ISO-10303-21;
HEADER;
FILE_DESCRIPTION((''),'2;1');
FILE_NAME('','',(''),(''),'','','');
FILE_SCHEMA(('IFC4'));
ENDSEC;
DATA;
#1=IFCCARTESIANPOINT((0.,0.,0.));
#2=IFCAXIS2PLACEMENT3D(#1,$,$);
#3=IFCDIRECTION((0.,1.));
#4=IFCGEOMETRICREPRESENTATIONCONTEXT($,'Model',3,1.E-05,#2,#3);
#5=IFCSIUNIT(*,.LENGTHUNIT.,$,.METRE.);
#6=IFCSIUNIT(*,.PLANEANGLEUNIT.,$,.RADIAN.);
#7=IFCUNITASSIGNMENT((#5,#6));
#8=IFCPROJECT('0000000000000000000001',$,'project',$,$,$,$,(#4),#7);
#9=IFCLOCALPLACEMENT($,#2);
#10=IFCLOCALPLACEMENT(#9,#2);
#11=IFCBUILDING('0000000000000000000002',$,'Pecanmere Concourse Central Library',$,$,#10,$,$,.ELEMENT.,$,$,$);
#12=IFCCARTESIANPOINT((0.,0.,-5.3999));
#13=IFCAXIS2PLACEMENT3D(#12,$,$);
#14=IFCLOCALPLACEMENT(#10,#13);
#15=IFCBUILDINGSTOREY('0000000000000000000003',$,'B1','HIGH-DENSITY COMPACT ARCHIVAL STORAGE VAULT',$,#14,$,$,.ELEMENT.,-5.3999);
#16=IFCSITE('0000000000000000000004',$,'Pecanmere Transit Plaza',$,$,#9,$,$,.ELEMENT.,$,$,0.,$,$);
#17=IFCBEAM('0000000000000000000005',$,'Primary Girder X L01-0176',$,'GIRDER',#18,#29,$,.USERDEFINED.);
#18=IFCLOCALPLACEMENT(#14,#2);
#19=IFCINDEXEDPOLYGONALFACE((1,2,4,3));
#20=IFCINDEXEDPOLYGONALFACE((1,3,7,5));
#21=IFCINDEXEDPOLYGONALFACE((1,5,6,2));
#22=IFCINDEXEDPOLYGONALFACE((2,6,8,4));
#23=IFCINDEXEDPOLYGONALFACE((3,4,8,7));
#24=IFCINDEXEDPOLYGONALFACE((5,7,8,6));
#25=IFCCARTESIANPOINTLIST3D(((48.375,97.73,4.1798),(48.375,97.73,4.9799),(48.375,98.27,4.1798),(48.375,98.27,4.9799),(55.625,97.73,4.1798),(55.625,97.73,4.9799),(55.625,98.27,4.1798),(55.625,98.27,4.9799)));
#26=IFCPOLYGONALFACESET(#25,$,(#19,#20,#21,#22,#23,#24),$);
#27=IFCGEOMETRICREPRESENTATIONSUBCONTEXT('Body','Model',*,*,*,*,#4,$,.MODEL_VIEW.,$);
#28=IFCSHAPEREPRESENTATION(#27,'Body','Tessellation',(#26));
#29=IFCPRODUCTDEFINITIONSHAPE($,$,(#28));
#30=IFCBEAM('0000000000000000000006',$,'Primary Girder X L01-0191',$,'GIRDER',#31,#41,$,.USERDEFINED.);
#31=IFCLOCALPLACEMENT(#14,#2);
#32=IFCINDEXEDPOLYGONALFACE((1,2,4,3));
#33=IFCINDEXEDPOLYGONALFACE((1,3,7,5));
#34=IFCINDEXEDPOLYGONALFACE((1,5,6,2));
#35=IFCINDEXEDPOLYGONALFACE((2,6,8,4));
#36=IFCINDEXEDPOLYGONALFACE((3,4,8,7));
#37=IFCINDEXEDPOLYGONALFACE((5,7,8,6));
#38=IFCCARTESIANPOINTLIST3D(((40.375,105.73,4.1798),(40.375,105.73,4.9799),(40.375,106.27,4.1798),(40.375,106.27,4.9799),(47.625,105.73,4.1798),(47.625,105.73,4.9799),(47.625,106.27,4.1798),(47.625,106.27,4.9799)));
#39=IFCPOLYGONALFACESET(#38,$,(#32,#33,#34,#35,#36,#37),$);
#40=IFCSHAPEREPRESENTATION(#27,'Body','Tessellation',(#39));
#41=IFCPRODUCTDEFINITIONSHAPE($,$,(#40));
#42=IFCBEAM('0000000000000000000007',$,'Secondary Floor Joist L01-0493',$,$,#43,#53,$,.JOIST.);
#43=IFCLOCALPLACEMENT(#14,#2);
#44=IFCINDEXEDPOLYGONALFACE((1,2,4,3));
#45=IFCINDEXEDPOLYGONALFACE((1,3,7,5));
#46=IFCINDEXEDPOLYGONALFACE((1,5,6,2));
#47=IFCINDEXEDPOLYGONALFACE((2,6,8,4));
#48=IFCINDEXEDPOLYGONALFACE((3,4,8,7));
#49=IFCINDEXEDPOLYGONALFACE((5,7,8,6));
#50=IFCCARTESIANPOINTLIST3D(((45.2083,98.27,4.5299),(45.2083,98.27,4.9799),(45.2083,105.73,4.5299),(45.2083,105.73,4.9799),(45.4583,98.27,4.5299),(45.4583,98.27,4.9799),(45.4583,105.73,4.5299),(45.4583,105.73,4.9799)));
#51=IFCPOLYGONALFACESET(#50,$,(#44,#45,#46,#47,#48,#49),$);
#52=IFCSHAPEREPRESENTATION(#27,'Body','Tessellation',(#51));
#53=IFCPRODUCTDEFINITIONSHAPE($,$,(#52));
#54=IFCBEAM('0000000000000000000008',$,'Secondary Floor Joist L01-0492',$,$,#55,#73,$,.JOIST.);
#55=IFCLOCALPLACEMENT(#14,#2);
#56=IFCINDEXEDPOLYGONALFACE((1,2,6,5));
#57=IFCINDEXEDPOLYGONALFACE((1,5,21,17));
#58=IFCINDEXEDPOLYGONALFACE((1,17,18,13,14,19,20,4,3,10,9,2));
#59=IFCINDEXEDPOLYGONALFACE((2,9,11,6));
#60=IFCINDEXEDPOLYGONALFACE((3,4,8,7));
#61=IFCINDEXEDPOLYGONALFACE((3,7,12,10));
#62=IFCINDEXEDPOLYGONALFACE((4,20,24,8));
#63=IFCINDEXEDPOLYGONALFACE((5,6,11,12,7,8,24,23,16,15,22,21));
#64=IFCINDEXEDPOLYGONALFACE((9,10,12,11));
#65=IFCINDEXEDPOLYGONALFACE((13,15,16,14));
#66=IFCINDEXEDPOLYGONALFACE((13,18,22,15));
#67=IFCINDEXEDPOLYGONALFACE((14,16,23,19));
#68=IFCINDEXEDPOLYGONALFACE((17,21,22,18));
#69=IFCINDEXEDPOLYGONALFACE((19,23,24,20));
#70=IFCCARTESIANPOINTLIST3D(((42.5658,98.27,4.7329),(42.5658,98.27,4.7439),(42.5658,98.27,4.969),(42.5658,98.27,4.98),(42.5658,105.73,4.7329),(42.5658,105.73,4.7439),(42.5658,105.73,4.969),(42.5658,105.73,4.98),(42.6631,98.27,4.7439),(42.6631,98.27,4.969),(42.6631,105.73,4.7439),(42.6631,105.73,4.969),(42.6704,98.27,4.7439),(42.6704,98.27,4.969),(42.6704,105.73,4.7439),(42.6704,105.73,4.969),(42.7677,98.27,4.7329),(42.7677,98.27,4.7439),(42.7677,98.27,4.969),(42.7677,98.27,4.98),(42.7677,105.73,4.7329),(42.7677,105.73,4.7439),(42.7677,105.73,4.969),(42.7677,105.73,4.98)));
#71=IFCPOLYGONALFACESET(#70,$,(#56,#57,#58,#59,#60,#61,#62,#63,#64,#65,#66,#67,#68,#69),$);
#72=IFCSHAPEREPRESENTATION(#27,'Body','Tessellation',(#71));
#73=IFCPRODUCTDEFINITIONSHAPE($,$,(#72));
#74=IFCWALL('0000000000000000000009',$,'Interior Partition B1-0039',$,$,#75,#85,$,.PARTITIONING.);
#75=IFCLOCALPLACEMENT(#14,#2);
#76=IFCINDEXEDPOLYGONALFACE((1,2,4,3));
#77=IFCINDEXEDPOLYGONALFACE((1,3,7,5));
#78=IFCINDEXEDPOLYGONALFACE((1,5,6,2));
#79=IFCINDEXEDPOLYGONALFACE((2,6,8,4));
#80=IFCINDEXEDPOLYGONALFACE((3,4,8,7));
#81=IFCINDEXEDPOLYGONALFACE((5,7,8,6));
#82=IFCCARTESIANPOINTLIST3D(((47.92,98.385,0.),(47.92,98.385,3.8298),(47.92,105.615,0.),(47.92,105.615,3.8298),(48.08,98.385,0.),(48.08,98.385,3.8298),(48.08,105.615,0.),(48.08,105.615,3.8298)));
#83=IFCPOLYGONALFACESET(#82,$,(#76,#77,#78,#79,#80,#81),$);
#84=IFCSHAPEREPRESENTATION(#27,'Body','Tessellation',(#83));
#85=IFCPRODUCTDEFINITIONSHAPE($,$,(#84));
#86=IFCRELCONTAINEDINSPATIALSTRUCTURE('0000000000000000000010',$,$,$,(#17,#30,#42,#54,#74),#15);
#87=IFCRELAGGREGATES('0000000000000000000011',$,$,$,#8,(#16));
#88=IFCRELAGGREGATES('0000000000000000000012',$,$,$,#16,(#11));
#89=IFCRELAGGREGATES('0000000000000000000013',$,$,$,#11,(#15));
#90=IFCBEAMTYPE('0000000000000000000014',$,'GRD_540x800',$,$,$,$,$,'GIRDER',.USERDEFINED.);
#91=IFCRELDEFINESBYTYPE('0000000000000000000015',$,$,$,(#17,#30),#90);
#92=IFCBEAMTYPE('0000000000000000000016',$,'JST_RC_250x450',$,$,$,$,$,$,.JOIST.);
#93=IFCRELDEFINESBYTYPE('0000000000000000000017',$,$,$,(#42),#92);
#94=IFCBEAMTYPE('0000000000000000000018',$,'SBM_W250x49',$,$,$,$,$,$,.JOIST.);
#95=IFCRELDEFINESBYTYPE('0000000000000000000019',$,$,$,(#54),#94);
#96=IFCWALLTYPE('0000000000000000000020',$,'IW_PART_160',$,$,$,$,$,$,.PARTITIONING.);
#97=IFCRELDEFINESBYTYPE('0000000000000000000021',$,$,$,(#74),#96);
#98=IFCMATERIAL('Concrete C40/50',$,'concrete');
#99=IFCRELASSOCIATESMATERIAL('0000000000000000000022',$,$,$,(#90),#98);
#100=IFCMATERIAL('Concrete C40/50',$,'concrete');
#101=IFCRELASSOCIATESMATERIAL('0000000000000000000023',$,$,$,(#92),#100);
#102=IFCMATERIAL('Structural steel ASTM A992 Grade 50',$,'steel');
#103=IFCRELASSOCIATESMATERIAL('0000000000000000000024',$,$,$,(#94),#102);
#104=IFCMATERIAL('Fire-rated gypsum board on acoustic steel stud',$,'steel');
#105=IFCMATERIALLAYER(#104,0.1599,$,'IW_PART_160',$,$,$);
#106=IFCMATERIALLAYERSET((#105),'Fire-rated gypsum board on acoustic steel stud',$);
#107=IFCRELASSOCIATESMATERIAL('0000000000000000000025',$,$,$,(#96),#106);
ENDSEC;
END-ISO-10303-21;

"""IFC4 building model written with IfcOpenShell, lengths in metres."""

from ifc_helpers import new_model, si_unit, direction, frame, frame_2d, origin, origin_2d, place, context, subcontext, project, spatial, rectangle, i_section, extrude, material, layer, layer_set, material_profile, profile_set, type_object, element, save


model = new_model("IFC4")

# Units and contexts
model_context = context("Model", 3, precision=1e-05, world=origin(), true_north=direction((0.0, 1.0)))
body_context = subcontext(model_context, "Body", "Model", "MODEL_VIEW")
ifc_project = project(units=[si_unit("LENGTHUNIT", "METRE"), si_unit("PLANEANGLEUNIT", "RADIAN")], contexts=[model_context])

# Site, building, storey
site_placement = place(None, origin())
site = spatial("IfcSite", under=ifc_project, at=site_placement, Name="Pecanmere Transit Plaza", CompositionType="ELEMENT", RefElevation=0.0)
building_placement = place(site_placement, origin())
building = spatial("IfcBuilding", under=site, at=building_placement, Name="Pecanmere Concourse Central Library", CompositionType="ELEMENT")
storey_placement = place(building_placement, frame((0.0, 0.0, -5.3999)))
storey = spatial("IfcBuildingStorey", under=building, at=storey_placement, Name="B1", Description="HIGH-DENSITY COMPACT ARCHIVAL STORAGE VAULT", CompositionType="ELEMENT", Elevation=-5.3999)

# Beams
ifc_material_1 = material(Name="Concrete C40/50", Category="concrete")
ifc_material_profile_1 = material_profile(ifc_material_1, rectangle(XDim=0.54, YDim=0.8, at=origin_2d()), Name="RC 540x800")
ifc_profile_set_1 = profile_set([ifc_material_profile_1], Name="Concrete C40/50")
beam_type_1 = type_object("IfcBeamType", Name="GRD_540x800", ElementType="GIRDER", PredefinedType="USERDEFINED", material=ifc_profile_set_1)
for number, where, z_axis, x_axis, name in (
    (1, (48.375, 98.0, 4.5798), (1.0, 0.0, 0.0), (0.0, 1.0, 0.0), "Primary Girder X L01-0176"),
    (2, (40.375, 106.0, 4.5798), (1.0, 0.0, 0.0), (0.0, 1.0, 0.0), "Primary Girder X L01-0191"),
):
    element("IfcBeam", number, at=place(storey_placement, frame(where, z_axis=z_axis, x_axis=x_axis)), inside=storey, type_object=beam_type_1, Name=name, ObjectType="GIRDER", PredefinedType="USERDEFINED", context=body_context, shape_type="SweptSolid", body=[
        extrude(rectangle(XDim=0.54, YDim=0.8, at=origin_2d()), origin(), (0.0, 0.0, 1.0), 7.25),
    ])
ifc_material_2 = material(Name="Concrete C40/50", Category="concrete")
ifc_material_profile_2 = material_profile(ifc_material_2, rectangle(XDim=0.25, YDim=0.45, at=origin_2d()), Name="RC 250x450")
ifc_profile_set_2 = profile_set([ifc_material_profile_2], Name="Concrete C40/50")
beam_type_2 = type_object("IfcBeamType", Name="JST_RC_250x450", PredefinedType="JOIST", material=ifc_profile_set_2)
beam_1_placement = place(storey_placement, frame((45.3333, 98.27, 4.7549), z_axis=(0.0, 1.0, 0.0), x_axis=(-1.0, 0.0, 0.0)))
element("IfcBeam", 3, at=beam_1_placement, inside=storey, type_object=beam_type_2, Name="Secondary Floor Joist L01-0493", PredefinedType="JOIST", context=body_context, shape_type="SweptSolid", body=[
    extrude(rectangle(XDim=0.25, YDim=0.45, at=origin_2d()), origin(), (0.0, 0.0, 1.0), 7.46),
])
ifc_material_3 = material(Name="Structural steel ASTM A992 Grade 50", Category="steel")
ifc_material_profile_3 = material_profile(ifc_material_3, i_section(OverallWidth=0.2019, OverallDepth=0.2471, WebThickness=0.0073, FlangeThickness=0.011, at=origin_2d()), Name="W250x49.1")
ifc_profile_set_3 = profile_set([ifc_material_profile_3], Name="Structural steel ASTM A992 Grade 50")
beam_type_3 = type_object("IfcBeamType", Name="SBM_W250x49", PredefinedType="JOIST", material=ifc_profile_set_3)
beam_2_placement = place(storey_placement, frame((42.6667, 98.27, 4.8564), z_axis=(0.0, 1.0, 0.0), x_axis=(-1.0, 0.0, 0.0)))
element("IfcBeam", 4, at=beam_2_placement, inside=storey, type_object=beam_type_3, Name="Secondary Floor Joist L01-0492", PredefinedType="JOIST", context=body_context, shape_type="SweptSolid", body=[
    extrude(i_section(OverallWidth=0.2019, OverallDepth=0.2471, WebThickness=0.0073, FlangeThickness=0.011, at=origin_2d()), origin(), (0.0, 0.0, 1.0), 7.46),
])

# Wall
ifc_material_4 = material(Name="Fire-rated gypsum board on acoustic steel stud", Category="steel")
ifc_layer = layer(ifc_material_4, 0.1599, Name="IW_PART_160")
ifc_layer_set = layer_set([ifc_layer], Name="Fire-rated gypsum board on acoustic steel stud")
wall_type = type_object("IfcWallType", Name="IW_PART_160", PredefinedType="PARTITIONING", material=ifc_layer_set)
wall_placement = place(storey_placement, frame((48.0, 98.385, 0.0), z_axis=(0.0, 0.0, 1.0), x_axis=(0.0, 1.0, 0.0)))
element("IfcWall", 5, at=wall_placement, inside=storey, type_object=wall_type, Name="Interior Partition B1-0039", PredefinedType="PARTITIONING", context=body_context, shape_type="SweptSolid", body=[
    extrude(rectangle(XDim=7.23, YDim=0.1599, at=frame_2d((3.615, 0.0))), origin(), (0.0, 0.0, 1.0), 3.8298),
])

save(model, "model.ifc")
